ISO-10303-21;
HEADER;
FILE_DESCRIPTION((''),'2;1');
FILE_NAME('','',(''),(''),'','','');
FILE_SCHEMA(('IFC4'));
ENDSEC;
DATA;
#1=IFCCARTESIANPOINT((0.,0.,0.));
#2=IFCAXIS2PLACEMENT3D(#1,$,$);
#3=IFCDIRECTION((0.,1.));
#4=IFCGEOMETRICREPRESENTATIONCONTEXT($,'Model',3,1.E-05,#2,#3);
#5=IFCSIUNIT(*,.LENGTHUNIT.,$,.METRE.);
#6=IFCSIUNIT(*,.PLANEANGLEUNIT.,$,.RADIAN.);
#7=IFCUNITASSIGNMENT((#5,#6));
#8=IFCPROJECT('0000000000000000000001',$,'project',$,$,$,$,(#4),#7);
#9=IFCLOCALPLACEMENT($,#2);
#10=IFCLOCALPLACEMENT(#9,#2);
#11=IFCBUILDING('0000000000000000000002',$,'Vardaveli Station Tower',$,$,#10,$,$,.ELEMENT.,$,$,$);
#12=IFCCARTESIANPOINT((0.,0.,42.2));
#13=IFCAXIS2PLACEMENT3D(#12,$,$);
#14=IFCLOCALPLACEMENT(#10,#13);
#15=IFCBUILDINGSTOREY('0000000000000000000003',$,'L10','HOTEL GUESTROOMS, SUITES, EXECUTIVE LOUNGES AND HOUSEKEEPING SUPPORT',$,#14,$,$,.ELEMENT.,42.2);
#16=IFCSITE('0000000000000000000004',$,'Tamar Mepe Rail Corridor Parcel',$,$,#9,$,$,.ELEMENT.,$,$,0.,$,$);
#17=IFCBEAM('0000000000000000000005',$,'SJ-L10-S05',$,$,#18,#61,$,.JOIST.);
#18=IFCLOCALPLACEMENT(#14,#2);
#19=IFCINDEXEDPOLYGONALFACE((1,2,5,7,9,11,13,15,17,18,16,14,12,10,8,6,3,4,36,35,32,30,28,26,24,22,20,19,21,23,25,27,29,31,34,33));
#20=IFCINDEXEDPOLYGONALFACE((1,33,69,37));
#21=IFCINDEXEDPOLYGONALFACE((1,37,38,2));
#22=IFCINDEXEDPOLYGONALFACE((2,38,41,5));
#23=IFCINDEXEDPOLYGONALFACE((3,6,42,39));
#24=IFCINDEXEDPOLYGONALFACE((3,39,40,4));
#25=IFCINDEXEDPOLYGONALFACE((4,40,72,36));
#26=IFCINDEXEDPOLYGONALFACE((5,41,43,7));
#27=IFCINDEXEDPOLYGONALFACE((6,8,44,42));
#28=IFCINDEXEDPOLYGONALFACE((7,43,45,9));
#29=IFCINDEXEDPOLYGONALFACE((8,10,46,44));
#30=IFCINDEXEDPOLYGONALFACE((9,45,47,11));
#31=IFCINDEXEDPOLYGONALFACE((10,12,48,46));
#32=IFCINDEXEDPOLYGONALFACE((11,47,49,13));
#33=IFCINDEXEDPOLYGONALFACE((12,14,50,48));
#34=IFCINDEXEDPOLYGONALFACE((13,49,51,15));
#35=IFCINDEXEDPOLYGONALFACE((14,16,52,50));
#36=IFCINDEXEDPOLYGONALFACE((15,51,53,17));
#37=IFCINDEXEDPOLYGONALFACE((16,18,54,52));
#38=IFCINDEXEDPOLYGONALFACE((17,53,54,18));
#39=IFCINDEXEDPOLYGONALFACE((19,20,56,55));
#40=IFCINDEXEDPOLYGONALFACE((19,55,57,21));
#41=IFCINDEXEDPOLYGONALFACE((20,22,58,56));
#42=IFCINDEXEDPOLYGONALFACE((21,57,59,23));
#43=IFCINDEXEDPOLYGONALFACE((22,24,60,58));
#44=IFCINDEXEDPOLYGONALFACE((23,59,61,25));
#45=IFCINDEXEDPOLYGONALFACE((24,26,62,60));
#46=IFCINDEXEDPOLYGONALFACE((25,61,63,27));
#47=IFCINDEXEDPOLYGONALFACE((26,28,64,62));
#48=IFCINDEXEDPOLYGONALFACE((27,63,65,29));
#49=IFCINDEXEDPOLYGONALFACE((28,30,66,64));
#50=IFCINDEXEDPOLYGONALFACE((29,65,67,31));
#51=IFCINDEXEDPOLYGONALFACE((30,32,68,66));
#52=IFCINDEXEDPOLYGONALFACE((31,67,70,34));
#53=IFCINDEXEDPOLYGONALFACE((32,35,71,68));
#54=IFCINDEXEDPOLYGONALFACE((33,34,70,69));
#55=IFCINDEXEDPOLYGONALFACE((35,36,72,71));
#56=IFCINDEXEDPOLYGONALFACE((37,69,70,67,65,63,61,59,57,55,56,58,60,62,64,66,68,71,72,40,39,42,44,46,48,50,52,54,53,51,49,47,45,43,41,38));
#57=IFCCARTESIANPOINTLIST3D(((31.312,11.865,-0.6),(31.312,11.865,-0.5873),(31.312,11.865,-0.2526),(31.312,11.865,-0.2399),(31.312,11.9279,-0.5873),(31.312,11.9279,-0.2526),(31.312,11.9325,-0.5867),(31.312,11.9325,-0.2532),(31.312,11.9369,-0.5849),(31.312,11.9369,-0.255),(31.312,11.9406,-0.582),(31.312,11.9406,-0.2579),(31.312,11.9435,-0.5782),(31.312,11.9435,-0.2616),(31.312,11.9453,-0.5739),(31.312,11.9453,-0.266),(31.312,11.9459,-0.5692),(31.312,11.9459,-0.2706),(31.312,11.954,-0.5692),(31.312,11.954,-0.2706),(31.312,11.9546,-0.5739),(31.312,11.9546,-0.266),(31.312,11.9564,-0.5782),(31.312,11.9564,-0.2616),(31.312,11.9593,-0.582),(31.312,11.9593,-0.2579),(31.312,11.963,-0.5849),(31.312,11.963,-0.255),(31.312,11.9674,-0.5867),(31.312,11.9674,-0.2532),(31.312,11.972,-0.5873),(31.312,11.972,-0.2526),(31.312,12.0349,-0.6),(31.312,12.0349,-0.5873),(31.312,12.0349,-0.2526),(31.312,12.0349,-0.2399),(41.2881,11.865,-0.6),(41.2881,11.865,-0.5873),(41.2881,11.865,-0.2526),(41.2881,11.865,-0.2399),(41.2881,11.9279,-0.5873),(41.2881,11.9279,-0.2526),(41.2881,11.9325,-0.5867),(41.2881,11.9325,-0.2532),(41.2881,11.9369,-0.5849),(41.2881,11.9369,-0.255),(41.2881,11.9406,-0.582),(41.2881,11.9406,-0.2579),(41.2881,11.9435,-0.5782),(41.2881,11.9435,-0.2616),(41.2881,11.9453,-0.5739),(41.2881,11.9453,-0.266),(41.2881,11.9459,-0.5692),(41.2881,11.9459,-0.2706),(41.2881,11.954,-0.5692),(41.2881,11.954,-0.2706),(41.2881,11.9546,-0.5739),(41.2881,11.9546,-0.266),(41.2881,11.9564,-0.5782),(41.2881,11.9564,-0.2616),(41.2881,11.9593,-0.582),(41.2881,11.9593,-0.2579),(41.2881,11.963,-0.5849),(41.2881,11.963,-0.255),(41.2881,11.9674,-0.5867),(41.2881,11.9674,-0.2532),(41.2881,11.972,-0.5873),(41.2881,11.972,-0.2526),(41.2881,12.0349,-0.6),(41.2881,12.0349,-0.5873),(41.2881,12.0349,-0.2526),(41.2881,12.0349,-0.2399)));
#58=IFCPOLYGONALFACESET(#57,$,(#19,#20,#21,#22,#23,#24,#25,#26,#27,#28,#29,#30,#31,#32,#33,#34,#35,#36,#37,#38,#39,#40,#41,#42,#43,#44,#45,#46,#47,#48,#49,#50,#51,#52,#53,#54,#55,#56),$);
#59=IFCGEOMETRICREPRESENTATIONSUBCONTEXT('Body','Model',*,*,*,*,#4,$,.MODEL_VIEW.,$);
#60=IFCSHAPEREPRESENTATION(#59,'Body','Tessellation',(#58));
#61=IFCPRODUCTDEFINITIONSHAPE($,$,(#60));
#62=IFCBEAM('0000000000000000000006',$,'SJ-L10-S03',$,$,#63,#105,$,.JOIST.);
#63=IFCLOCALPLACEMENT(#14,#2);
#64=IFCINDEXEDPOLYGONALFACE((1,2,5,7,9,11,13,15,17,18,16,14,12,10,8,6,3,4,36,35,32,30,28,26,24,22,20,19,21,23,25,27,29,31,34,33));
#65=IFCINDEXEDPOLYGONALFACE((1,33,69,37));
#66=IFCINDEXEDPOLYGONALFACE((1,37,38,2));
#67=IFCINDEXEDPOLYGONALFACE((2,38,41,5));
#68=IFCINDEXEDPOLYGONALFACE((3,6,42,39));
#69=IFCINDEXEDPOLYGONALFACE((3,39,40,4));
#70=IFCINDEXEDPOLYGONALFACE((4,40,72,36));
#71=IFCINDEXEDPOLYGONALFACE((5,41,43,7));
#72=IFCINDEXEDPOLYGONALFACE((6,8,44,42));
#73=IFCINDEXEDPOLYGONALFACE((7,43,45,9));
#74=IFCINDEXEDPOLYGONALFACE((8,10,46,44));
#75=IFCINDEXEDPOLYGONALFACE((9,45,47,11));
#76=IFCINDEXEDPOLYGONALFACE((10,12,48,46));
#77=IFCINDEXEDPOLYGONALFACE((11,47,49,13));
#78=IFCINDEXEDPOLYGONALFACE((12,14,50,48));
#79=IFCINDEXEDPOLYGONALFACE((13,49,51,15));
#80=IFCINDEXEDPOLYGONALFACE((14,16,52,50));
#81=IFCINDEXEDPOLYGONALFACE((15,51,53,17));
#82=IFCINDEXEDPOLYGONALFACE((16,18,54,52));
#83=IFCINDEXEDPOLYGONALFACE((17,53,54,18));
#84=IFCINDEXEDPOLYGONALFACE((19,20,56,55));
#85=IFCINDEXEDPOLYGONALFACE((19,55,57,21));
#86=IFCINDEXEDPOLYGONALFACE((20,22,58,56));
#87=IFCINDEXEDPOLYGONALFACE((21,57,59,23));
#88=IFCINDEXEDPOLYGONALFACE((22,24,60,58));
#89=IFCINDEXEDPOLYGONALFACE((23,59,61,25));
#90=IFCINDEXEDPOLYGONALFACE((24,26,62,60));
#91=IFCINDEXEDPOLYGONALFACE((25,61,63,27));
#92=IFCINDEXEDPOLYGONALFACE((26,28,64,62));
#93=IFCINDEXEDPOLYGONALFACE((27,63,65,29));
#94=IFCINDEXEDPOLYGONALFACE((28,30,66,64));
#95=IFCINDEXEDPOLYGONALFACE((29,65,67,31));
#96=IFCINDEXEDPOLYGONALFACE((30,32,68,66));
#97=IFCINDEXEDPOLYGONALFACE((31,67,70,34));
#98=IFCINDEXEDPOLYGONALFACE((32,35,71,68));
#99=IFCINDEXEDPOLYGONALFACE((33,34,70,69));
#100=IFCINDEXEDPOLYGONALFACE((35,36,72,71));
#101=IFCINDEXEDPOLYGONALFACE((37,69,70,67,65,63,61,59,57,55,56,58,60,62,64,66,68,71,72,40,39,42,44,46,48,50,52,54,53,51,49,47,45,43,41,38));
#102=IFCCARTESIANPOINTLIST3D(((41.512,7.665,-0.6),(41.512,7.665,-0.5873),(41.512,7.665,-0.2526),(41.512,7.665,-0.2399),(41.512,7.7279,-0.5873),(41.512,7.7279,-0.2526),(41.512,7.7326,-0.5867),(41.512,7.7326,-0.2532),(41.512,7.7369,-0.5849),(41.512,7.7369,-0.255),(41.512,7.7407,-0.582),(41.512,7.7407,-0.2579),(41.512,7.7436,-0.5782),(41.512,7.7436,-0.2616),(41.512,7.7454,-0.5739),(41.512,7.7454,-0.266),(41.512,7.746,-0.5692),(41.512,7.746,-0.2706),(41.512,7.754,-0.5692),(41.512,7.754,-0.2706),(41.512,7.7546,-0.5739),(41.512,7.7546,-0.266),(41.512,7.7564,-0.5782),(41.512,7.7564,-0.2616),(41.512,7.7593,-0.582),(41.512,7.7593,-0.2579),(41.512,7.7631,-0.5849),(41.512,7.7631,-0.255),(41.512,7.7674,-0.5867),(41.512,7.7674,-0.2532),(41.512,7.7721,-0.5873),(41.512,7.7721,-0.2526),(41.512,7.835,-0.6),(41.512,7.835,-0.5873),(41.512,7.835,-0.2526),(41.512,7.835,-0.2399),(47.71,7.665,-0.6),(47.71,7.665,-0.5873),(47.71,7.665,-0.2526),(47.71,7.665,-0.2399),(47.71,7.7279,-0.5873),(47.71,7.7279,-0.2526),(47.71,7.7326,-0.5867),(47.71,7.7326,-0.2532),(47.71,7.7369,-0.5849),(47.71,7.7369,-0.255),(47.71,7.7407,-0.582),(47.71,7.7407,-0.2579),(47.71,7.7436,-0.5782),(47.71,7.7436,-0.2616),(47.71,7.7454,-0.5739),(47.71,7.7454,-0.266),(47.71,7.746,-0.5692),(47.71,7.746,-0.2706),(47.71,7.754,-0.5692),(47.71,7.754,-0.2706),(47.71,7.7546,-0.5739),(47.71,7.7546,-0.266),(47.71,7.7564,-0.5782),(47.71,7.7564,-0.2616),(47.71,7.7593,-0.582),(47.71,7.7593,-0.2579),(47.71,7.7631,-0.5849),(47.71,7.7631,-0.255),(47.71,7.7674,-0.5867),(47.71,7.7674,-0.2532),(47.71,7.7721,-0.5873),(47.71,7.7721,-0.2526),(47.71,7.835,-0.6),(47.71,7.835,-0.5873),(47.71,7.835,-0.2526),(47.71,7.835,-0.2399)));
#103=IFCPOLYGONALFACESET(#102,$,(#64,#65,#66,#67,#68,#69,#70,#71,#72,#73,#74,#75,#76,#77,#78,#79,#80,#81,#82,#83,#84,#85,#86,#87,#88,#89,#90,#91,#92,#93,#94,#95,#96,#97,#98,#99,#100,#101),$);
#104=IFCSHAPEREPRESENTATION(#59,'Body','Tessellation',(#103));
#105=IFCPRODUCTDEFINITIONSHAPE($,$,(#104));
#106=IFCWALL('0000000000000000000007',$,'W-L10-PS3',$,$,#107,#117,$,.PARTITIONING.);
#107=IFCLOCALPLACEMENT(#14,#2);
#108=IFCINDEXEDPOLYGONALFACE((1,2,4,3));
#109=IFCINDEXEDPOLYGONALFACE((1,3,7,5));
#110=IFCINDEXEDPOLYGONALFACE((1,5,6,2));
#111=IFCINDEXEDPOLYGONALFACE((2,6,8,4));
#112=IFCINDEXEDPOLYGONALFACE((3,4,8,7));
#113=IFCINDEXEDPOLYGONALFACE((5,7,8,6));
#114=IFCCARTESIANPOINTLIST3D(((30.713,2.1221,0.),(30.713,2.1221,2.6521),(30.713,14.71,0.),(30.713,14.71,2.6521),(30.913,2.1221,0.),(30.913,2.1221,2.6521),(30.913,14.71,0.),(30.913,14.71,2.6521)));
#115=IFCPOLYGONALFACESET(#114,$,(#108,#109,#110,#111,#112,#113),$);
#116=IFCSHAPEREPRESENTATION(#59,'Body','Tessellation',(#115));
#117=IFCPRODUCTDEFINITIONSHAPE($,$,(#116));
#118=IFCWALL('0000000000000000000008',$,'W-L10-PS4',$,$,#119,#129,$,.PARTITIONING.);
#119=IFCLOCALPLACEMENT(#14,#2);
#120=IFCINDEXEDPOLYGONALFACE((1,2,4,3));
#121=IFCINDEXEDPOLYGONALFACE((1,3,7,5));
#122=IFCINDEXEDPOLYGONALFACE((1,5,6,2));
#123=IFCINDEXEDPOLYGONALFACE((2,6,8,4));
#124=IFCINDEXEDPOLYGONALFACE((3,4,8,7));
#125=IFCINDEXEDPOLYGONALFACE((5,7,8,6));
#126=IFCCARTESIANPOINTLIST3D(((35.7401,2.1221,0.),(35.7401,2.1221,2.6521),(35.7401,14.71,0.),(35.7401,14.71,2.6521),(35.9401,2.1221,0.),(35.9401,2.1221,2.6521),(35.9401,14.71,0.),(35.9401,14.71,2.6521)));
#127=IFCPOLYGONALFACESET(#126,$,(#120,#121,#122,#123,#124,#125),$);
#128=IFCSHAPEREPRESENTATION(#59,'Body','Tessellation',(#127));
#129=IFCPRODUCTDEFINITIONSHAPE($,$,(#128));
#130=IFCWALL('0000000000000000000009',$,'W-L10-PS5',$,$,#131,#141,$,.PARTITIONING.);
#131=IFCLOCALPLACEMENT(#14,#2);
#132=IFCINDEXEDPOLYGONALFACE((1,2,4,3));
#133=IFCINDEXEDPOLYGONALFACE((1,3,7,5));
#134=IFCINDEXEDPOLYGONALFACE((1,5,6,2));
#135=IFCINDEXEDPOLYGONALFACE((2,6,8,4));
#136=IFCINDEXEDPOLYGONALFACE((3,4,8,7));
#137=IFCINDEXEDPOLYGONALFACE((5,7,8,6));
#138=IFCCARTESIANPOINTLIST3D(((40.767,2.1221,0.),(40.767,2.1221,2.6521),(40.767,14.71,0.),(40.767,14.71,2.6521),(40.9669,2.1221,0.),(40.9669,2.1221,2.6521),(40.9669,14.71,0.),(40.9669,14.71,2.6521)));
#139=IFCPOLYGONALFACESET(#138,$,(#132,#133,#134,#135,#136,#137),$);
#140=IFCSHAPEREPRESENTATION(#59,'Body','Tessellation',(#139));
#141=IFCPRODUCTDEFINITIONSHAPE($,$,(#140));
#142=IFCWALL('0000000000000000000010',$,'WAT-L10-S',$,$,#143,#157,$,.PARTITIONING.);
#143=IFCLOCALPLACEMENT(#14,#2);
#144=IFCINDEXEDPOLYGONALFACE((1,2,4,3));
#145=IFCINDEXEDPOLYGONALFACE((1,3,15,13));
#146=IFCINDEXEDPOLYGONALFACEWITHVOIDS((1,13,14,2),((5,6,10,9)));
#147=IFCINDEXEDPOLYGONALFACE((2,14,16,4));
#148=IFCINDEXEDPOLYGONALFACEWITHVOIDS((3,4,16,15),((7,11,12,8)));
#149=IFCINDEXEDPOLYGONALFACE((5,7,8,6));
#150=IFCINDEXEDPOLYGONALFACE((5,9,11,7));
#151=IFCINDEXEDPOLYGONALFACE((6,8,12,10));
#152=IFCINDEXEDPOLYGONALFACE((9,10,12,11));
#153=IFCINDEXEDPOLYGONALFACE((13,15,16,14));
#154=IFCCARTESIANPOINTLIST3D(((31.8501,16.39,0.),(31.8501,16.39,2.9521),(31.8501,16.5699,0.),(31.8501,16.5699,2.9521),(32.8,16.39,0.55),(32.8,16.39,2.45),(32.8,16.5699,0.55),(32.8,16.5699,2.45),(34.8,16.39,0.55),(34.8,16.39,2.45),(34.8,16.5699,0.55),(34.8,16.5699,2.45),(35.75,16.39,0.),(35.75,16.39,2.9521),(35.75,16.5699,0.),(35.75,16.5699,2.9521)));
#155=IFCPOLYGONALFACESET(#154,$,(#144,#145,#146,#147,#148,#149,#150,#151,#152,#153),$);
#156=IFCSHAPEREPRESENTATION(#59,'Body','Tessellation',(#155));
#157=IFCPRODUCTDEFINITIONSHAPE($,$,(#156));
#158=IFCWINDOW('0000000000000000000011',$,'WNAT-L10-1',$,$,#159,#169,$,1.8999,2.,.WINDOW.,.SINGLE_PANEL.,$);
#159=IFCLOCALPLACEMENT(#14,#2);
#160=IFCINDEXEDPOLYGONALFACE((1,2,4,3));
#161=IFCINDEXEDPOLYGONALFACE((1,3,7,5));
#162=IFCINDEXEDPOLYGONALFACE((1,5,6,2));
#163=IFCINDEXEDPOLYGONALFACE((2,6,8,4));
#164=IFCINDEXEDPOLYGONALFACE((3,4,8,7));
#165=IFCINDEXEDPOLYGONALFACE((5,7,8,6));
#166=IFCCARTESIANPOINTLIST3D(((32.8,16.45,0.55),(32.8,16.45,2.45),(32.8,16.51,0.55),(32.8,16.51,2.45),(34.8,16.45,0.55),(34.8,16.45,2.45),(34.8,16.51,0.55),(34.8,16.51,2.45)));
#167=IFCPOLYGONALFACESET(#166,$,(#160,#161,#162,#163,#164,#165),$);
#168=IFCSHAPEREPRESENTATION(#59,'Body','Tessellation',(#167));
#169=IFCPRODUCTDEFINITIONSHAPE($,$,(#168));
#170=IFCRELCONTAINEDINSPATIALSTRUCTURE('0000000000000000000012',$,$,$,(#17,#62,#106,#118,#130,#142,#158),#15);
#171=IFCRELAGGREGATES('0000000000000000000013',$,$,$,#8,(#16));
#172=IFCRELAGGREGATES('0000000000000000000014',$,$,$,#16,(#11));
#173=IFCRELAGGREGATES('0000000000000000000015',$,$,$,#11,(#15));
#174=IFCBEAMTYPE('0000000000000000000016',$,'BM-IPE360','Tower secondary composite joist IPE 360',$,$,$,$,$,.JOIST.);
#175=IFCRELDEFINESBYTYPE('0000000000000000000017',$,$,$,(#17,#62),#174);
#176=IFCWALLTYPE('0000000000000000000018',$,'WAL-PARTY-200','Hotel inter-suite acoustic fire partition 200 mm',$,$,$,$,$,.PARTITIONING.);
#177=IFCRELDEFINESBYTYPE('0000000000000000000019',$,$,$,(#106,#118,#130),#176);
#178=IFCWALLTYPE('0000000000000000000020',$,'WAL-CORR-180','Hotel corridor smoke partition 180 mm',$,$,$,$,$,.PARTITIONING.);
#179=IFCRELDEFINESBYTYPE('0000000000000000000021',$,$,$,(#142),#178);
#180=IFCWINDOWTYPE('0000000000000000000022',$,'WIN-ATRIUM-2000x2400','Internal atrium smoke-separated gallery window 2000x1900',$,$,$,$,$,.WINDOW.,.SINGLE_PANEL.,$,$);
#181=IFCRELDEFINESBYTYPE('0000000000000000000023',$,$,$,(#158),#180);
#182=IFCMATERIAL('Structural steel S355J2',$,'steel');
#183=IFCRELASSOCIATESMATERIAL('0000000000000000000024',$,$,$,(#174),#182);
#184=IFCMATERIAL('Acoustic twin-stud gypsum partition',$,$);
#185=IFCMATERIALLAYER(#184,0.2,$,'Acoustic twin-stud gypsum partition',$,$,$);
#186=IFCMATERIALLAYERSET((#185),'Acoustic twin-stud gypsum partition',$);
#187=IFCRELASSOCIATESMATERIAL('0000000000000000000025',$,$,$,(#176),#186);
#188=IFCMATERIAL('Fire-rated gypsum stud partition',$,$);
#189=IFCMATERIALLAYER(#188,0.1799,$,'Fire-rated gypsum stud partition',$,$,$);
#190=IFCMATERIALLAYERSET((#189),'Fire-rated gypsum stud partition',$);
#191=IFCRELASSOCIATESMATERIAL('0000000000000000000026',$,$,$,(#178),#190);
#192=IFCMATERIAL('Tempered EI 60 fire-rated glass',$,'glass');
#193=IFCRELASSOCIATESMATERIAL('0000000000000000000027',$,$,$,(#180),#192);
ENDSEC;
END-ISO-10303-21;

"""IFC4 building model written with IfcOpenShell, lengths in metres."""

from ifc_helpers import new_model, si_unit, direction, frame, frame_2d, origin, origin_2d, place, context, subcontext, project, spatial, rectangle, i_section, extrude, source, transform, mapped, material, layer, layer_set, material_profile, profile_set, type_object, element, fill, save


model = new_model("IFC4")

# Units and contexts
model_context = context("Model", 3, precision=1e-05, world=origin(), true_north=direction((0.0, 1.0)))
body_context = subcontext(model_context, "Body", "Model", "MODEL_VIEW")
ifc_project = project(units=[si_unit("LENGTHUNIT", "METRE"), si_unit("PLANEANGLEUNIT", "RADIAN")], contexts=[model_context])

# Site, building, storey
site_placement = place(None, origin())
site = spatial("IfcSite", under=ifc_project, at=site_placement, Name="Tamar Mepe Rail Corridor Parcel", CompositionType="ELEMENT", RefElevation=0.0)
building_placement = place(site_placement, origin())
building = spatial("IfcBuilding", under=site, at=building_placement, Name="Vardaveli Station Tower", CompositionType="ELEMENT")
storey_placement = place(building_placement, frame((0.0, 0.0, 42.2)))
storey = spatial("IfcBuildingStorey", under=building, at=storey_placement, Name="L10", Description="HOTEL GUESTROOMS, SUITES, EXECUTIVE LOUNGES AND HOUSEKEEPING SUPPORT", CompositionType="ELEMENT", Elevation=42.2)

# Beams
ifc_material_1 = material(Name="Structural steel S355J2", Category="steel")
ifc_material_profile_1 = material_profile(ifc_material_1, i_section(OverallWidth=0.1699, OverallDepth=0.3601, WebThickness=0.0081, FlangeThickness=0.0127, FilletRadius=0.0181, at=origin_2d()), Name="IPE 360")
ifc_profile_set_1 = profile_set([ifc_material_profile_1], Name="Structural steel S355J2")
beam_type_1 = type_object("IfcBeamType", Name="BM-IPE360", Description="Tower secondary composite joist IPE 360", PredefinedType="JOIST", material=ifc_profile_set_1)
shared_shape_1 = source(origin(), body_context, "Body", "SweptSolid", [
    extrude(i_section(OverallWidth=0.1699, OverallDepth=0.3601, WebThickness=0.0081, FlangeThickness=0.0127, FilletRadius=0.0181, at=origin_2d()), origin(), (0.0, 0.0, 1.0), 9.9761),
])
for number, where, z_axis, x_axis, name in (
    (1, (31.312, 11.95, -0.4199), (1.0, 0.0, 0.0), (0.0, 1.0, 0.0), "SJ-L10-S05"),
):
    element("IfcBeam", number, at=place(storey_placement, frame(where, z_axis=z_axis, x_axis=x_axis)), inside=storey, type_object=beam_type_1, Name=name, PredefinedType="JOIST", context=body_context, shape_type="MappedRepresentation", body=[
        mapped(shared_shape_1, transform((0.0, 0.0, 0.0), scale=1.0)),
    ])
shared_shape_2 = source(origin(), body_context, "Body", "SweptSolid", [
    extrude(i_section(OverallWidth=0.1699, OverallDepth=0.3601, WebThickness=0.0081, FlangeThickness=0.0127, FilletRadius=0.0181, at=origin_2d()), origin(), (0.0, 0.0, 1.0), 6.198),
])
beam_1_placement = place(storey_placement, frame((41.512, 7.75, -0.4199), z_axis=(1.0, 0.0, 0.0), x_axis=(0.0, 1.0, 0.0)))
element("IfcBeam", 2, at=beam_1_placement, inside=storey, type_object=beam_type_1, Name="SJ-L10-S03", PredefinedType="JOIST", context=body_context, shape_type="MappedRepresentation", body=[
    mapped(shared_shape_2, transform((0.0, 0.0, 0.0), scale=1.0)),
])

# Walls
ifc_material_2 = material(Name="Acoustic twin-stud gypsum partition")
ifc_layer_1 = layer(ifc_material_2, 0.2, Name="Acoustic twin-stud gypsum partition")
ifc_layer_set_1 = layer_set([ifc_layer_1], Name="Acoustic twin-stud gypsum partition")
wall_type_1 = type_object("IfcWallType", Name="WAL-PARTY-200", Description="Hotel inter-suite acoustic fire partition 200 mm", PredefinedType="PARTITIONING", material=ifc_layer_set_1)
shared_shape_3 = source(origin(), body_context, "Body", "SweptSolid", [
    extrude(rectangle(XDim=12.5879, YDim=0.2, at=frame_2d((6.2939, 0.0))), origin(), (0.0, 0.0, 1.0), 2.6521),
])
for number, where, z_axis, x_axis, name in (
    (3, (30.813, 2.1221, 0.0), (0.0, 0.0, 1.0), (0.0, 1.0, 0.0), "W-L10-PS3"),
    (4, (35.8401, 2.1221, 0.0), (0.0, 0.0, 1.0), (0.0, 1.0, 0.0), "W-L10-PS4"),
    (5, (40.8669, 2.1221, 0.0), (0.0, 0.0, 1.0), (0.0, 1.0, 0.0), "W-L10-PS5"),
):
    element("IfcWall", number, at=place(storey_placement, frame(where, z_axis=z_axis, x_axis=x_axis)), inside=storey, type_object=wall_type_1, Name=name, PredefinedType="PARTITIONING", context=body_context, shape_type="MappedRepresentation", body=[
        mapped(shared_shape_3, transform((0.0, 0.0, 0.0), scale=1.0)),
    ])

# Wall, opening, window
ifc_material_3 = material(Name="Fire-rated gypsum stud partition")
ifc_layer_2 = layer(ifc_material_3, 0.1799, Name="Fire-rated gypsum stud partition")
ifc_layer_set_2 = layer_set([ifc_layer_2], Name="Fire-rated gypsum stud partition")
wall_type_2 = type_object("IfcWallType", Name="WAL-CORR-180", Description="Hotel corridor smoke partition 180 mm", PredefinedType="PARTITIONING", material=ifc_layer_set_2)
shared_shape_4 = source(origin(), body_context, "Body", "SweptSolid", [
    extrude(rectangle(XDim=3.8999, YDim=0.1799, at=frame_2d((1.95, 0.0))), origin(), (0.0, 0.0, 1.0), 2.9521),
])
wall_placement = place(storey_placement, frame((31.8501, 16.48, 0.0), z_axis=(0.0, 0.0, 1.0), x_axis=(1.0, 0.0, 0.0)))
wall = element("IfcWall", 6, at=wall_placement, inside=storey, type_object=wall_type_2, Name="WAT-L10-S", PredefinedType="PARTITIONING", context=body_context, shape_type="MappedRepresentation", body=[
    mapped(shared_shape_4, transform((0.0, 0.0, 0.0), scale=1.0)),
])
shared_shape_5 = source(origin(), body_context, "Body", "SweptSolid", [
    extrude(rectangle(XDim=2.0, YDim=1.8999, at=frame_2d((1.0, 0.95))), frame((0.0, 0.1001, 0.0), z_axis=(0.0, -1.0, 0.0), x_axis=(1.0, 0.0, 0.0)), (0.0, 0.0, 1.0), 0.2),
])
opening_placement = place(wall_placement, frame((0.95, 0.0, 0.55)))
opening = element("IfcOpeningElement", 7, at=opening_placement, cuts=wall, PredefinedType="OPENING", context=body_context, shape_type="MappedRepresentation", body=[
    mapped(shared_shape_5, transform((0.0, 0.0, 0.0), scale=1.0)),
])
ifc_material_4 = material(Name="Tempered EI 60 fire-rated glass", Category="glass")
window_type = type_object("IfcWindowType", Name="WIN-ATRIUM-2000x2400", Description="Internal atrium smoke-separated gallery window 2000x1900", PartitioningType="SINGLE_PANEL", PredefinedType="WINDOW", material=ifc_material_4)
shared_shape_6 = source(origin(), body_context, "Body", "SweptSolid", [
    extrude(rectangle(XDim=2.0, YDim=1.8999, at=frame_2d((1.0, 0.95))), frame((0.0, 0.03, 0.0), z_axis=(0.0, -1.0, 0.0), x_axis=(1.0, 0.0, 0.0)), (0.0, 0.0, 1.0), 0.0601),
])
window_placement = place(opening_placement, origin())
window = element("IfcWindow", 8, at=window_placement, inside=storey, type_object=window_type, Name="WNAT-L10-1", OverallHeight=1.8999, OverallWidth=2.0, PartitioningType="SINGLE_PANEL", PredefinedType="WINDOW", context=body_context, shape_type="MappedRepresentation", body=[
    mapped(shared_shape_6, transform((0.0, 0.0, 0.0), scale=1.0)),
])
fill(opening, window)

save(model, "model.ifc")
